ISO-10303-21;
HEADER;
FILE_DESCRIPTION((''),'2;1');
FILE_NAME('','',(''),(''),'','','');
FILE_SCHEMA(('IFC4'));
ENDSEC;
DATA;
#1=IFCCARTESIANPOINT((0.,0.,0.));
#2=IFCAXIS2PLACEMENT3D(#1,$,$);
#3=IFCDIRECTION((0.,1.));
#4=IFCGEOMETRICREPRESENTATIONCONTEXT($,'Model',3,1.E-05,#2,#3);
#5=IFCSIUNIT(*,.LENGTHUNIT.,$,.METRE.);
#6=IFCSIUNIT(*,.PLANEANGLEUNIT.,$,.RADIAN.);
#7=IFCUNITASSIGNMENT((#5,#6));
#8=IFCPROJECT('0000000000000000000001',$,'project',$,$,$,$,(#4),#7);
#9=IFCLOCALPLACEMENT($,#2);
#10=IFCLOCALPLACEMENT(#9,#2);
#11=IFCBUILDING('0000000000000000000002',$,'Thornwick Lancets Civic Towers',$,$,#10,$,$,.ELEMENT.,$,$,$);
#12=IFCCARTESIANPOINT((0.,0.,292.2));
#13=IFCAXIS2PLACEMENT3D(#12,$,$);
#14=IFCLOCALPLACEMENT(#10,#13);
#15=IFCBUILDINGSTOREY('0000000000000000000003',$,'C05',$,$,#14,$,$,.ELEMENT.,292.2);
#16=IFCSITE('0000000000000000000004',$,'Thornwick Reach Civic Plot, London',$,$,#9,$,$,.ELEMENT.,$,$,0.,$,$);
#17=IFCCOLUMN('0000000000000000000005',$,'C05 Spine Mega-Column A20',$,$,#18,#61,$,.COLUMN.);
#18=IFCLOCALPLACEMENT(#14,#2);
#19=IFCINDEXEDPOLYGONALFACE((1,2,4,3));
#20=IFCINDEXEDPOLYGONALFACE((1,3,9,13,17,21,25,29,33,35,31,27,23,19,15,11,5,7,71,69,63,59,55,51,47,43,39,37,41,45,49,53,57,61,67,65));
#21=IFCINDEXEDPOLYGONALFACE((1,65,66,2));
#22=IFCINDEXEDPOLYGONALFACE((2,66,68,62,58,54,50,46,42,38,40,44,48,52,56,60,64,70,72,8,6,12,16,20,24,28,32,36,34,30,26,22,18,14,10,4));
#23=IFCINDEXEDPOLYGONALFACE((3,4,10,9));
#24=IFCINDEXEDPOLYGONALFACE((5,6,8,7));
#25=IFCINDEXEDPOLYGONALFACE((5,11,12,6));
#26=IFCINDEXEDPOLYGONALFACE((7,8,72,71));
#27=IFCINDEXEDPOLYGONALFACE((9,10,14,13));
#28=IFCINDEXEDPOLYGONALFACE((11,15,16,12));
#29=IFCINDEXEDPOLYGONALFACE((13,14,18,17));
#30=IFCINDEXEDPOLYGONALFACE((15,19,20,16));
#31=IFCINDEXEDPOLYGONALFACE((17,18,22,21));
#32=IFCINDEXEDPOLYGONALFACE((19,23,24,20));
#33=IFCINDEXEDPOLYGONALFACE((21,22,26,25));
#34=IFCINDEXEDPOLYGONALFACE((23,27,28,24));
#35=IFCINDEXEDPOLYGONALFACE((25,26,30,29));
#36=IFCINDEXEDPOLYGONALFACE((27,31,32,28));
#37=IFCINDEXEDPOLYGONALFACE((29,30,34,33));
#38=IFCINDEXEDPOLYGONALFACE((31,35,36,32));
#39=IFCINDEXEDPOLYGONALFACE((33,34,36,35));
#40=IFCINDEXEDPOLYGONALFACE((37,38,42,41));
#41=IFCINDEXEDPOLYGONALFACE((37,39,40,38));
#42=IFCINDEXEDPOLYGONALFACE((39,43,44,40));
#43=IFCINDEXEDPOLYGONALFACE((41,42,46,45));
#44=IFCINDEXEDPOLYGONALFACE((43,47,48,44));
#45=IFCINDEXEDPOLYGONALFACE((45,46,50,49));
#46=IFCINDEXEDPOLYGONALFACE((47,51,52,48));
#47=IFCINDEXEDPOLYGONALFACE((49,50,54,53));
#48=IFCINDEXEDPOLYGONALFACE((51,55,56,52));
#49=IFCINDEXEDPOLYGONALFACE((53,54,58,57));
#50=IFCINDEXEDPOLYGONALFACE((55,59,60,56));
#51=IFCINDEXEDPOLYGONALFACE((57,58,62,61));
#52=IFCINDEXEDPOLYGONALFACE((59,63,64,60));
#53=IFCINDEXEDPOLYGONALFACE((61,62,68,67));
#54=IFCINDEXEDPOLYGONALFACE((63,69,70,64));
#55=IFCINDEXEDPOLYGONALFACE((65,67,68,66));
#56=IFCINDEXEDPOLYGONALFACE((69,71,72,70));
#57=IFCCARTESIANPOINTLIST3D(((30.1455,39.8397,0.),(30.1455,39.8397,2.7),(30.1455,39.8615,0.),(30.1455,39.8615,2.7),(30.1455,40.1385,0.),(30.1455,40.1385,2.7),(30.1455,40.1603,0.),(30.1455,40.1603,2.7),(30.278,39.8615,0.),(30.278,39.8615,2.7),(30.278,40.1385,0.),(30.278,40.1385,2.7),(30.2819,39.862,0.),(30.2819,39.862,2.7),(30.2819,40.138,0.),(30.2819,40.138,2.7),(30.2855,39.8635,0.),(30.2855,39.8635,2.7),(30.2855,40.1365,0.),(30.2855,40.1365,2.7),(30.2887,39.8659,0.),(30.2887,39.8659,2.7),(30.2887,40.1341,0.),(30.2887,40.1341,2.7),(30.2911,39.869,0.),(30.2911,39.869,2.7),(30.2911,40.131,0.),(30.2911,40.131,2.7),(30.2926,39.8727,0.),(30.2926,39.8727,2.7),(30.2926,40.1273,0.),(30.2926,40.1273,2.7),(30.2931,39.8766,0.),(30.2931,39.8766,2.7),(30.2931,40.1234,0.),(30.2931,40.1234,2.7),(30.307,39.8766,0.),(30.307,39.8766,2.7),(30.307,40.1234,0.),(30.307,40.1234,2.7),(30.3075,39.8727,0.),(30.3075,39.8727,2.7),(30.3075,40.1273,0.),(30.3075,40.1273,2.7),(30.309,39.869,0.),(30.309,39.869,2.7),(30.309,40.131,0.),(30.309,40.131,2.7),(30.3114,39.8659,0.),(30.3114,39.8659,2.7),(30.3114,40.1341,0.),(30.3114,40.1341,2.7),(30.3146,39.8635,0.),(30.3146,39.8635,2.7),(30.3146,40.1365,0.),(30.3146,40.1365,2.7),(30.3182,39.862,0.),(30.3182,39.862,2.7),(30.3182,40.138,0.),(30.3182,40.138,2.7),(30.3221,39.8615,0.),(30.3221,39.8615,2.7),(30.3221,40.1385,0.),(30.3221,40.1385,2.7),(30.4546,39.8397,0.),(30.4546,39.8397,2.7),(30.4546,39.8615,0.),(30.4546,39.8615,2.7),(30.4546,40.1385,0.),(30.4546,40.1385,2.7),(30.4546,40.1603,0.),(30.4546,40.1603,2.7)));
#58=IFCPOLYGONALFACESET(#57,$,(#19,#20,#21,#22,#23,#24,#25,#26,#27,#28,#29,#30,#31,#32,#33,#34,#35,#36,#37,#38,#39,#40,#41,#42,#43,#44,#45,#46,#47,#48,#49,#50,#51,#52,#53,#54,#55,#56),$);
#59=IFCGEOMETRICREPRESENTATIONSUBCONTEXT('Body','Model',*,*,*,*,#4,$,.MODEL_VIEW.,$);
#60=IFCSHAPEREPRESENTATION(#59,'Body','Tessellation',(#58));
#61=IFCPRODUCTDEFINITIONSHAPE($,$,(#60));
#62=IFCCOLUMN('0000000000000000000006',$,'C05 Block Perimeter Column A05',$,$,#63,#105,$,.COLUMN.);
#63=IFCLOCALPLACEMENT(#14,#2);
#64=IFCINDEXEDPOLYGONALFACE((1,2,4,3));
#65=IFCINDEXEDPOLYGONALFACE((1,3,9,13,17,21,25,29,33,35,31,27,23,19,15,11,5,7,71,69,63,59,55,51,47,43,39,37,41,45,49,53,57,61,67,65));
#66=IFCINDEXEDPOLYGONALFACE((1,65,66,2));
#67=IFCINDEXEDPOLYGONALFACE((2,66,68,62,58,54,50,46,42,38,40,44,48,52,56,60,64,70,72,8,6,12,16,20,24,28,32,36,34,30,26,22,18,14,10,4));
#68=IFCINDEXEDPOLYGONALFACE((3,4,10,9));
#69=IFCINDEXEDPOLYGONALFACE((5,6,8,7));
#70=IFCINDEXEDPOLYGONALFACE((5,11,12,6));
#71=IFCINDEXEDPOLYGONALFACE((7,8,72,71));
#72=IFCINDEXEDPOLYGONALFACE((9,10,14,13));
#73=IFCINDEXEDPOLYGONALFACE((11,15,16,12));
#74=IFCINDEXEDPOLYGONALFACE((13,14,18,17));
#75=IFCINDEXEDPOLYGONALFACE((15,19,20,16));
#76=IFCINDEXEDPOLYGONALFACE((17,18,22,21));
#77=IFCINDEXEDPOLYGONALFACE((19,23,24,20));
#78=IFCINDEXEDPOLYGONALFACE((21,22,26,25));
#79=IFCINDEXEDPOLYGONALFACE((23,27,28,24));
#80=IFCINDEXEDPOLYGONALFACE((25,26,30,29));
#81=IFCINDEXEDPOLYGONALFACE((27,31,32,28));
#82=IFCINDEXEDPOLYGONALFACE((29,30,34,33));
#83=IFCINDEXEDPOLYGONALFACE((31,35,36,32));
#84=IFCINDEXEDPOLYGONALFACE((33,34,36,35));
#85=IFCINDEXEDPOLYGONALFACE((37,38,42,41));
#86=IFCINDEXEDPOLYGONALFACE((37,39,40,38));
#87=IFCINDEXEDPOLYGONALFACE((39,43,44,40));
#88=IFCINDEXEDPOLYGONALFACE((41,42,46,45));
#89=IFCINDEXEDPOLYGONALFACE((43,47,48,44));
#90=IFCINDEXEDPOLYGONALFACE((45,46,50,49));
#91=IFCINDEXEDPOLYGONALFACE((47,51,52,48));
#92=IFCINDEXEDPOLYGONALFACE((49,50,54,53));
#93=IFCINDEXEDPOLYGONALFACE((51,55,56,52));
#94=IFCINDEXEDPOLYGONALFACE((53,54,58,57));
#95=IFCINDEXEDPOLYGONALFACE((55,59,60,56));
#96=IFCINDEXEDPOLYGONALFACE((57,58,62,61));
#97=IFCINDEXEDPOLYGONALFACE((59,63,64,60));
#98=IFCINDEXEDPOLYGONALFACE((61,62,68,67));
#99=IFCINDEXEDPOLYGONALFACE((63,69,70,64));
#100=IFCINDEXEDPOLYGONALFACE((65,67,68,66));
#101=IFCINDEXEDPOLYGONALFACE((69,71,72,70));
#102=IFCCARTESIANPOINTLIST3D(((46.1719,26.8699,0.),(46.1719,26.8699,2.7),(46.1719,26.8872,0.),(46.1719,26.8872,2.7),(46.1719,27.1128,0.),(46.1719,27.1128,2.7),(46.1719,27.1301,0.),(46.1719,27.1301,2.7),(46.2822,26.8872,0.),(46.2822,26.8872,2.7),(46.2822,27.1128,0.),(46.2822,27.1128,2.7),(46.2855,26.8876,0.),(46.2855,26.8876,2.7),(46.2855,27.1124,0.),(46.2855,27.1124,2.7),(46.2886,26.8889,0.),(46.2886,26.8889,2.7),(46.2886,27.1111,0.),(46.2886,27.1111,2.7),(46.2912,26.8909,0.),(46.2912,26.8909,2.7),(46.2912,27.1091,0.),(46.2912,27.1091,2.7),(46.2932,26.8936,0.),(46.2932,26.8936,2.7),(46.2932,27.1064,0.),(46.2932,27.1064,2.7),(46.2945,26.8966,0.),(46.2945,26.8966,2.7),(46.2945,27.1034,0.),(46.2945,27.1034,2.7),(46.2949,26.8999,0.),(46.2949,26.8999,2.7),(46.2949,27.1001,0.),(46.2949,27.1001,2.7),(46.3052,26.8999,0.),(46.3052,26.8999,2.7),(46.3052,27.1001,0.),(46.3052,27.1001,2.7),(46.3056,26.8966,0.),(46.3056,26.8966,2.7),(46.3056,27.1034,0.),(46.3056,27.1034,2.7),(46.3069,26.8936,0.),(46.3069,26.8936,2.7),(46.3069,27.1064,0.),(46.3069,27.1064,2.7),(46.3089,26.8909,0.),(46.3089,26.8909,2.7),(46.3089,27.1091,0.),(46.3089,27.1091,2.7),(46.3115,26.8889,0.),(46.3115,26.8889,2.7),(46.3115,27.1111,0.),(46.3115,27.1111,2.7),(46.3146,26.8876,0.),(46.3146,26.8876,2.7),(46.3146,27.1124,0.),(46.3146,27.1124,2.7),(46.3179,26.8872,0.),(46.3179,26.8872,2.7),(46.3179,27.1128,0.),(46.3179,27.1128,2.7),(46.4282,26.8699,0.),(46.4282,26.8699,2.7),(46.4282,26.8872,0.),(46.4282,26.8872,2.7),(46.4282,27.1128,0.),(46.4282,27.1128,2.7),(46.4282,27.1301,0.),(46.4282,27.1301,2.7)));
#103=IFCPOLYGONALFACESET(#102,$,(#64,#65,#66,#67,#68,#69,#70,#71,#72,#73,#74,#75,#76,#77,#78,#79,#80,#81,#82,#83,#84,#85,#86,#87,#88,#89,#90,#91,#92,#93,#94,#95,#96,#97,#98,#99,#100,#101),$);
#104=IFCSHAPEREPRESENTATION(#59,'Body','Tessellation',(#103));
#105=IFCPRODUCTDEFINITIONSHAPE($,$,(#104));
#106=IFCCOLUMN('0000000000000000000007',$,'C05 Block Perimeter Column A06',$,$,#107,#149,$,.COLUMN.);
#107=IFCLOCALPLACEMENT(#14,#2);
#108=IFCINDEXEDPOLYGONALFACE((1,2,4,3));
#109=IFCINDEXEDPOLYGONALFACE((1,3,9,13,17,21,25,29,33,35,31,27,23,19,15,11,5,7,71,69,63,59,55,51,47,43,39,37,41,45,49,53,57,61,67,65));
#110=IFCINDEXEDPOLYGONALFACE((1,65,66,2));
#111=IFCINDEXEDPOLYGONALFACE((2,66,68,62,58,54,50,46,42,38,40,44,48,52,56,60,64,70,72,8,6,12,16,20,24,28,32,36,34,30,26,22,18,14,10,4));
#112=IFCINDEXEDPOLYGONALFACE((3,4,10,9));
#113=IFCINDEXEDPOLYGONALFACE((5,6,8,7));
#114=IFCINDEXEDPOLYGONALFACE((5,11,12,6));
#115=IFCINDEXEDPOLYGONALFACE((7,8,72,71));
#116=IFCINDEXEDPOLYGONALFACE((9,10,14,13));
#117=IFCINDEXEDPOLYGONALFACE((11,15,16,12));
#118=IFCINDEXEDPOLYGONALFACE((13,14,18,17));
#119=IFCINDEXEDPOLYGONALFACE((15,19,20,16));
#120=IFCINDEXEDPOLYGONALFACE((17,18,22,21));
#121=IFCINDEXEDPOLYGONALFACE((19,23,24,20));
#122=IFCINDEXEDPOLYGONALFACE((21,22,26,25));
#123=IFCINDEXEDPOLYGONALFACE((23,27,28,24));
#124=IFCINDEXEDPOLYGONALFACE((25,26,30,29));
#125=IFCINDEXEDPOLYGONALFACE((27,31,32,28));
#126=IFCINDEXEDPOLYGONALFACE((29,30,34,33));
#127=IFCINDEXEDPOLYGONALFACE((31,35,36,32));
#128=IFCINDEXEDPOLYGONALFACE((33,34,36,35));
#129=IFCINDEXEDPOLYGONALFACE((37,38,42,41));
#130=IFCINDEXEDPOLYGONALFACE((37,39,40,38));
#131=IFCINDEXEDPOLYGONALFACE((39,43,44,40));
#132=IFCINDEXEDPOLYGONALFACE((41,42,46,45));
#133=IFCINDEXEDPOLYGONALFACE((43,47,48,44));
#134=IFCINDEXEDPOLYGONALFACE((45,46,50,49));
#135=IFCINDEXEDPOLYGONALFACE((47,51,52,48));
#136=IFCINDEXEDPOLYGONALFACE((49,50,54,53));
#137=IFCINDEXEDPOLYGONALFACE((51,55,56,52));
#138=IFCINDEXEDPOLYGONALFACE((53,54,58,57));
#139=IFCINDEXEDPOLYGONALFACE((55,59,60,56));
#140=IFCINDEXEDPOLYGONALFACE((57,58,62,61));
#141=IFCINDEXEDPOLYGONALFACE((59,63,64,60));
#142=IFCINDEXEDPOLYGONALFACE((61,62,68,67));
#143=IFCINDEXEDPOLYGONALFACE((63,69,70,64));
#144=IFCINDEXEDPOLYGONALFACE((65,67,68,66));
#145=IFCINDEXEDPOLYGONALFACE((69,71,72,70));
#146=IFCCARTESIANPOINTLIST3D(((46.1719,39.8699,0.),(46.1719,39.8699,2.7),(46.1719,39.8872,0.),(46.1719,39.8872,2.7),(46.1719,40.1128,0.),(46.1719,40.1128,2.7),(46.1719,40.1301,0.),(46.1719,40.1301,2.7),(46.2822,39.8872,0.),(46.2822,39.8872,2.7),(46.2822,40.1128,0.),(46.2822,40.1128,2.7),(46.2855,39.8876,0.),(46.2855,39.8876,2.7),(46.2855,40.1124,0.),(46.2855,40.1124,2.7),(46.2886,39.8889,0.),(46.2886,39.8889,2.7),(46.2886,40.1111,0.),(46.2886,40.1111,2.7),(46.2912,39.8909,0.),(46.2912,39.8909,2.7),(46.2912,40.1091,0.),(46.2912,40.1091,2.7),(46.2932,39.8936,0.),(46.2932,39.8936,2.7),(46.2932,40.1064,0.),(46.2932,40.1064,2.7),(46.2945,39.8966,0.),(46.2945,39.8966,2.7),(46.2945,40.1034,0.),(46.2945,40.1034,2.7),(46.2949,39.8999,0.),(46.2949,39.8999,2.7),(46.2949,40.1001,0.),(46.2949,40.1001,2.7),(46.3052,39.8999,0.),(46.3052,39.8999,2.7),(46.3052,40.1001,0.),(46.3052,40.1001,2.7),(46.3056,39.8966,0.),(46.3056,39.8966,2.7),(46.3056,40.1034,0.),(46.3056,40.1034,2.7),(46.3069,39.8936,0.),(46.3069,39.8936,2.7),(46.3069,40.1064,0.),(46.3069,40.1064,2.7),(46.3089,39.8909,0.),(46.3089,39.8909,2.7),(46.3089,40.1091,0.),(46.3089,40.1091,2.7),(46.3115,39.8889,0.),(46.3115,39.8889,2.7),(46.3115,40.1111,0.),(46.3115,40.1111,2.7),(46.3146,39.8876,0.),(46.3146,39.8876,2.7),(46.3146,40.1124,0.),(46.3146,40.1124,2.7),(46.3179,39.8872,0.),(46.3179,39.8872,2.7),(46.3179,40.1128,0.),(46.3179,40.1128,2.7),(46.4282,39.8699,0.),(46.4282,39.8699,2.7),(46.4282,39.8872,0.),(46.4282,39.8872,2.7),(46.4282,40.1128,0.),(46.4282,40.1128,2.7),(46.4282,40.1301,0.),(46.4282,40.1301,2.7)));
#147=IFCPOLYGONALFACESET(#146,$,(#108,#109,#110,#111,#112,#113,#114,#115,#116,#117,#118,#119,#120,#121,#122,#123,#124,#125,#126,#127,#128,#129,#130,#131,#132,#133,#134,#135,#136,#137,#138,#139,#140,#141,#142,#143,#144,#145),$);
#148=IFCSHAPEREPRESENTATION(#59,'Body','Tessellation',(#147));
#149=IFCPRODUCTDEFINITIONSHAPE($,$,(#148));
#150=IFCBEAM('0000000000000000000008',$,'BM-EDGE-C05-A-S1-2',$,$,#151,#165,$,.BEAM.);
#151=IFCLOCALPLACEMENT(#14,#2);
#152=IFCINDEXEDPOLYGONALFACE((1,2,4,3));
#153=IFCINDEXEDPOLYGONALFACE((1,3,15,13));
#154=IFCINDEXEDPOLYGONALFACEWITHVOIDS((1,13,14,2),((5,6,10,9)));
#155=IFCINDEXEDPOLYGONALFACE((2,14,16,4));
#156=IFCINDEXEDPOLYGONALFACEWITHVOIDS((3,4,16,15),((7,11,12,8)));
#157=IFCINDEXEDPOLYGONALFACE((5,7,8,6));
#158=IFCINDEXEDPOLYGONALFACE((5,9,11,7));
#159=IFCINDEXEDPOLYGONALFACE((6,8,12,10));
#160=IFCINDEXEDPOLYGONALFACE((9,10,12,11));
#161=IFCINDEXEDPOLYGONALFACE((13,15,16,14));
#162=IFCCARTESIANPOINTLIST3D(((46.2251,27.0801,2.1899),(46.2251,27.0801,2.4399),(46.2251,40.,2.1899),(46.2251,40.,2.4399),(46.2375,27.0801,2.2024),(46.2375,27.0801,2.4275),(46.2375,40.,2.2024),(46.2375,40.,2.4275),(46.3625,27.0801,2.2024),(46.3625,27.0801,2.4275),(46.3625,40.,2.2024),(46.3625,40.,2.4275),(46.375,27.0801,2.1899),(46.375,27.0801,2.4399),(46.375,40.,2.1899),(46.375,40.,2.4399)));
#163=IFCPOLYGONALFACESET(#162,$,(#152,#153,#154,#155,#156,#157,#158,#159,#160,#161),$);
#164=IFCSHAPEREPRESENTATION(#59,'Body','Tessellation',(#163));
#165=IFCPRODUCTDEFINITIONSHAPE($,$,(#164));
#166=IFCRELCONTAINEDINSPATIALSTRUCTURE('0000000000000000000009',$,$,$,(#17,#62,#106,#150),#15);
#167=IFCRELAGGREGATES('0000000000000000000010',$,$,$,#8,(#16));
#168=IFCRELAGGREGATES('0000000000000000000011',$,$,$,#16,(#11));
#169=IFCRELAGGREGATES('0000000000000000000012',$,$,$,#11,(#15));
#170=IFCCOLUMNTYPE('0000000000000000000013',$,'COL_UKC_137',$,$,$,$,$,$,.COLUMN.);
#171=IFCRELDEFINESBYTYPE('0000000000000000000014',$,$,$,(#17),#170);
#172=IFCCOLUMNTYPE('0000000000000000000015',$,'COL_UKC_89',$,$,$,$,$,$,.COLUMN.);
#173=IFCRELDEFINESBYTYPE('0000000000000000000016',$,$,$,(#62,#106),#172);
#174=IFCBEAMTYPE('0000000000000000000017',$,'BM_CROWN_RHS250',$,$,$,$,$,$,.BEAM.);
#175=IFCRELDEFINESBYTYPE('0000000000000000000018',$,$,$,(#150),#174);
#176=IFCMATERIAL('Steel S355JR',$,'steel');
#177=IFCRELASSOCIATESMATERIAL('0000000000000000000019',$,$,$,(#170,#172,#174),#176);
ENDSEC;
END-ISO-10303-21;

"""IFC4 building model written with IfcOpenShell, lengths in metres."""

from ifc_helpers import new_model, si_unit, direction, frame, origin, origin_2d, place, context, subcontext, project, spatial, hollow_rectangle, i_section, extrude, material, material_profile, profile_set, type_object, element, save


model = new_model("IFC4")

# Units and contexts
model_context = context("Model", 3, precision=1e-05, world=origin(), true_north=direction((0.0, 1.0)))
body_context = subcontext(model_context, "Body", "Model", "MODEL_VIEW")
ifc_project = project(units=[si_unit("LENGTHUNIT", "METRE"), si_unit("PLANEANGLEUNIT", "RADIAN")], contexts=[model_context])

# Site, building, storey
site_placement = place(None, origin())
site = spatial("IfcSite", under=ifc_project, at=site_placement, Name="Thornwick Reach Civic Plot, London", CompositionType="ELEMENT", RefElevation=0.0)
building_placement = place(site_placement, origin())
building = spatial("IfcBuilding", under=site, at=building_placement, Name="Thornwick Lancets Civic Towers", CompositionType="ELEMENT")
storey_placement = place(building_placement, frame((0.0, 0.0, 292.2)))
storey = spatial("IfcBuildingStorey", under=building, at=storey_placement, Name="C05", CompositionType="ELEMENT", Elevation=292.2)

# Columns
ifc_material_1 = material(Name="Steel S355JR", Category="steel")
ifc_material_profile_1 = material_profile(ifc_material_1, i_section(OverallWidth=0.3091, OverallDepth=0.3206, WebThickness=0.0139, FlangeThickness=0.0217, FilletRadius=0.0151, at=origin_2d()), Name="UKC 305x305x137")
ifc_profile_set_1 = profile_set([ifc_material_profile_1], Name="Steel S355JR")
column_type_1 = type_object("IfcColumnType", Name="COL_UKC_137", PredefinedType="COLUMN", material=ifc_profile_set_1)
for number, where, z_axis, x_axis, name in (
    (1, (30.3, 40.0, 0.0), (0.0, 0.0, 1.0), (1.0, 0.0, 0.0), "C05 Spine Mega-Column A20"),
):
    element("IfcColumn", number, at=place(storey_placement, frame(where, z_axis=z_axis, x_axis=x_axis)), inside=storey, type_object=column_type_1, Name=name, PredefinedType="COLUMN", context=body_context, shape_type="SweptSolid", body=[
        extrude(i_section(OverallWidth=0.3091, OverallDepth=0.3206, WebThickness=0.0139, FlangeThickness=0.0217, FilletRadius=0.0151, at=origin_2d()), origin(), (0.0, 0.0, 1.0), 2.7),
    ])
ifc_material_profile_2 = material_profile(ifc_material_1, i_section(OverallWidth=0.2563, OverallDepth=0.2603, WebThickness=0.0103, FlangeThickness=0.0173, FilletRadius=0.0127, at=origin_2d()), Name="UKC 254x254x89")
ifc_profile_set_2 = profile_set([ifc_material_profile_2], Name="Steel S355JR")
column_type_2 = type_object("IfcColumnType", Name="COL_UKC_89", PredefinedType="COLUMN", material=ifc_profile_set_2)
for number, where, z_axis, x_axis, name in (
    (2, (46.3, 27.0, 0.0), (0.0, 0.0, 1.0), (1.0, 0.0, 0.0), "C05 Block Perimeter Column A05"),
    (3, (46.3, 40.0, 0.0), (0.0, 0.0, 1.0), (1.0, 0.0, 0.0), "C05 Block Perimeter Column A06"),
):
    element("IfcColumn", number, at=place(storey_placement, frame(where, z_axis=z_axis, x_axis=x_axis)), inside=storey, type_object=column_type_2, Name=name, PredefinedType="COLUMN", context=body_context, shape_type="SweptSolid", body=[
        extrude(i_section(OverallWidth=0.2563, OverallDepth=0.2603, WebThickness=0.0103, FlangeThickness=0.0173, FilletRadius=0.0127, at=origin_2d()), origin(), (0.0, 0.0, 1.0), 2.7),
    ])

# Beam
ifc_material_profile_3 = material_profile(ifc_material_1, hollow_rectangle(XDim=0.1499, YDim=0.25, WallThickness=0.0125, at=origin_2d()), Name="RHS 250x150x12.5")
ifc_profile_set_3 = profile_set([ifc_material_profile_3], Name="Steel S355JR")
beam_type_1 = type_object("IfcBeamType", Name="BM_CROWN_RHS250", PredefinedType="BEAM", material=ifc_profile_set_3)
beam_1_placement = place(storey_placement, frame((46.3, 27.0801, 2.3149), z_axis=(0.0, 1.0, 0.0), x_axis=(-1.0, 0.0, 0.0)))
element("IfcBeam", 4, at=beam_1_placement, inside=storey, type_object=beam_type_1, Name="BM-EDGE-C05-A-S1-2", PredefinedType="BEAM", context=body_context, shape_type="SweptSolid", body=[
    extrude(hollow_rectangle(XDim=0.1499, YDim=0.25, WallThickness=0.0125, at=origin_2d()), origin(), (0.0, 0.0, 1.0), 12.9199),
])

save(model, "model.ifc")
